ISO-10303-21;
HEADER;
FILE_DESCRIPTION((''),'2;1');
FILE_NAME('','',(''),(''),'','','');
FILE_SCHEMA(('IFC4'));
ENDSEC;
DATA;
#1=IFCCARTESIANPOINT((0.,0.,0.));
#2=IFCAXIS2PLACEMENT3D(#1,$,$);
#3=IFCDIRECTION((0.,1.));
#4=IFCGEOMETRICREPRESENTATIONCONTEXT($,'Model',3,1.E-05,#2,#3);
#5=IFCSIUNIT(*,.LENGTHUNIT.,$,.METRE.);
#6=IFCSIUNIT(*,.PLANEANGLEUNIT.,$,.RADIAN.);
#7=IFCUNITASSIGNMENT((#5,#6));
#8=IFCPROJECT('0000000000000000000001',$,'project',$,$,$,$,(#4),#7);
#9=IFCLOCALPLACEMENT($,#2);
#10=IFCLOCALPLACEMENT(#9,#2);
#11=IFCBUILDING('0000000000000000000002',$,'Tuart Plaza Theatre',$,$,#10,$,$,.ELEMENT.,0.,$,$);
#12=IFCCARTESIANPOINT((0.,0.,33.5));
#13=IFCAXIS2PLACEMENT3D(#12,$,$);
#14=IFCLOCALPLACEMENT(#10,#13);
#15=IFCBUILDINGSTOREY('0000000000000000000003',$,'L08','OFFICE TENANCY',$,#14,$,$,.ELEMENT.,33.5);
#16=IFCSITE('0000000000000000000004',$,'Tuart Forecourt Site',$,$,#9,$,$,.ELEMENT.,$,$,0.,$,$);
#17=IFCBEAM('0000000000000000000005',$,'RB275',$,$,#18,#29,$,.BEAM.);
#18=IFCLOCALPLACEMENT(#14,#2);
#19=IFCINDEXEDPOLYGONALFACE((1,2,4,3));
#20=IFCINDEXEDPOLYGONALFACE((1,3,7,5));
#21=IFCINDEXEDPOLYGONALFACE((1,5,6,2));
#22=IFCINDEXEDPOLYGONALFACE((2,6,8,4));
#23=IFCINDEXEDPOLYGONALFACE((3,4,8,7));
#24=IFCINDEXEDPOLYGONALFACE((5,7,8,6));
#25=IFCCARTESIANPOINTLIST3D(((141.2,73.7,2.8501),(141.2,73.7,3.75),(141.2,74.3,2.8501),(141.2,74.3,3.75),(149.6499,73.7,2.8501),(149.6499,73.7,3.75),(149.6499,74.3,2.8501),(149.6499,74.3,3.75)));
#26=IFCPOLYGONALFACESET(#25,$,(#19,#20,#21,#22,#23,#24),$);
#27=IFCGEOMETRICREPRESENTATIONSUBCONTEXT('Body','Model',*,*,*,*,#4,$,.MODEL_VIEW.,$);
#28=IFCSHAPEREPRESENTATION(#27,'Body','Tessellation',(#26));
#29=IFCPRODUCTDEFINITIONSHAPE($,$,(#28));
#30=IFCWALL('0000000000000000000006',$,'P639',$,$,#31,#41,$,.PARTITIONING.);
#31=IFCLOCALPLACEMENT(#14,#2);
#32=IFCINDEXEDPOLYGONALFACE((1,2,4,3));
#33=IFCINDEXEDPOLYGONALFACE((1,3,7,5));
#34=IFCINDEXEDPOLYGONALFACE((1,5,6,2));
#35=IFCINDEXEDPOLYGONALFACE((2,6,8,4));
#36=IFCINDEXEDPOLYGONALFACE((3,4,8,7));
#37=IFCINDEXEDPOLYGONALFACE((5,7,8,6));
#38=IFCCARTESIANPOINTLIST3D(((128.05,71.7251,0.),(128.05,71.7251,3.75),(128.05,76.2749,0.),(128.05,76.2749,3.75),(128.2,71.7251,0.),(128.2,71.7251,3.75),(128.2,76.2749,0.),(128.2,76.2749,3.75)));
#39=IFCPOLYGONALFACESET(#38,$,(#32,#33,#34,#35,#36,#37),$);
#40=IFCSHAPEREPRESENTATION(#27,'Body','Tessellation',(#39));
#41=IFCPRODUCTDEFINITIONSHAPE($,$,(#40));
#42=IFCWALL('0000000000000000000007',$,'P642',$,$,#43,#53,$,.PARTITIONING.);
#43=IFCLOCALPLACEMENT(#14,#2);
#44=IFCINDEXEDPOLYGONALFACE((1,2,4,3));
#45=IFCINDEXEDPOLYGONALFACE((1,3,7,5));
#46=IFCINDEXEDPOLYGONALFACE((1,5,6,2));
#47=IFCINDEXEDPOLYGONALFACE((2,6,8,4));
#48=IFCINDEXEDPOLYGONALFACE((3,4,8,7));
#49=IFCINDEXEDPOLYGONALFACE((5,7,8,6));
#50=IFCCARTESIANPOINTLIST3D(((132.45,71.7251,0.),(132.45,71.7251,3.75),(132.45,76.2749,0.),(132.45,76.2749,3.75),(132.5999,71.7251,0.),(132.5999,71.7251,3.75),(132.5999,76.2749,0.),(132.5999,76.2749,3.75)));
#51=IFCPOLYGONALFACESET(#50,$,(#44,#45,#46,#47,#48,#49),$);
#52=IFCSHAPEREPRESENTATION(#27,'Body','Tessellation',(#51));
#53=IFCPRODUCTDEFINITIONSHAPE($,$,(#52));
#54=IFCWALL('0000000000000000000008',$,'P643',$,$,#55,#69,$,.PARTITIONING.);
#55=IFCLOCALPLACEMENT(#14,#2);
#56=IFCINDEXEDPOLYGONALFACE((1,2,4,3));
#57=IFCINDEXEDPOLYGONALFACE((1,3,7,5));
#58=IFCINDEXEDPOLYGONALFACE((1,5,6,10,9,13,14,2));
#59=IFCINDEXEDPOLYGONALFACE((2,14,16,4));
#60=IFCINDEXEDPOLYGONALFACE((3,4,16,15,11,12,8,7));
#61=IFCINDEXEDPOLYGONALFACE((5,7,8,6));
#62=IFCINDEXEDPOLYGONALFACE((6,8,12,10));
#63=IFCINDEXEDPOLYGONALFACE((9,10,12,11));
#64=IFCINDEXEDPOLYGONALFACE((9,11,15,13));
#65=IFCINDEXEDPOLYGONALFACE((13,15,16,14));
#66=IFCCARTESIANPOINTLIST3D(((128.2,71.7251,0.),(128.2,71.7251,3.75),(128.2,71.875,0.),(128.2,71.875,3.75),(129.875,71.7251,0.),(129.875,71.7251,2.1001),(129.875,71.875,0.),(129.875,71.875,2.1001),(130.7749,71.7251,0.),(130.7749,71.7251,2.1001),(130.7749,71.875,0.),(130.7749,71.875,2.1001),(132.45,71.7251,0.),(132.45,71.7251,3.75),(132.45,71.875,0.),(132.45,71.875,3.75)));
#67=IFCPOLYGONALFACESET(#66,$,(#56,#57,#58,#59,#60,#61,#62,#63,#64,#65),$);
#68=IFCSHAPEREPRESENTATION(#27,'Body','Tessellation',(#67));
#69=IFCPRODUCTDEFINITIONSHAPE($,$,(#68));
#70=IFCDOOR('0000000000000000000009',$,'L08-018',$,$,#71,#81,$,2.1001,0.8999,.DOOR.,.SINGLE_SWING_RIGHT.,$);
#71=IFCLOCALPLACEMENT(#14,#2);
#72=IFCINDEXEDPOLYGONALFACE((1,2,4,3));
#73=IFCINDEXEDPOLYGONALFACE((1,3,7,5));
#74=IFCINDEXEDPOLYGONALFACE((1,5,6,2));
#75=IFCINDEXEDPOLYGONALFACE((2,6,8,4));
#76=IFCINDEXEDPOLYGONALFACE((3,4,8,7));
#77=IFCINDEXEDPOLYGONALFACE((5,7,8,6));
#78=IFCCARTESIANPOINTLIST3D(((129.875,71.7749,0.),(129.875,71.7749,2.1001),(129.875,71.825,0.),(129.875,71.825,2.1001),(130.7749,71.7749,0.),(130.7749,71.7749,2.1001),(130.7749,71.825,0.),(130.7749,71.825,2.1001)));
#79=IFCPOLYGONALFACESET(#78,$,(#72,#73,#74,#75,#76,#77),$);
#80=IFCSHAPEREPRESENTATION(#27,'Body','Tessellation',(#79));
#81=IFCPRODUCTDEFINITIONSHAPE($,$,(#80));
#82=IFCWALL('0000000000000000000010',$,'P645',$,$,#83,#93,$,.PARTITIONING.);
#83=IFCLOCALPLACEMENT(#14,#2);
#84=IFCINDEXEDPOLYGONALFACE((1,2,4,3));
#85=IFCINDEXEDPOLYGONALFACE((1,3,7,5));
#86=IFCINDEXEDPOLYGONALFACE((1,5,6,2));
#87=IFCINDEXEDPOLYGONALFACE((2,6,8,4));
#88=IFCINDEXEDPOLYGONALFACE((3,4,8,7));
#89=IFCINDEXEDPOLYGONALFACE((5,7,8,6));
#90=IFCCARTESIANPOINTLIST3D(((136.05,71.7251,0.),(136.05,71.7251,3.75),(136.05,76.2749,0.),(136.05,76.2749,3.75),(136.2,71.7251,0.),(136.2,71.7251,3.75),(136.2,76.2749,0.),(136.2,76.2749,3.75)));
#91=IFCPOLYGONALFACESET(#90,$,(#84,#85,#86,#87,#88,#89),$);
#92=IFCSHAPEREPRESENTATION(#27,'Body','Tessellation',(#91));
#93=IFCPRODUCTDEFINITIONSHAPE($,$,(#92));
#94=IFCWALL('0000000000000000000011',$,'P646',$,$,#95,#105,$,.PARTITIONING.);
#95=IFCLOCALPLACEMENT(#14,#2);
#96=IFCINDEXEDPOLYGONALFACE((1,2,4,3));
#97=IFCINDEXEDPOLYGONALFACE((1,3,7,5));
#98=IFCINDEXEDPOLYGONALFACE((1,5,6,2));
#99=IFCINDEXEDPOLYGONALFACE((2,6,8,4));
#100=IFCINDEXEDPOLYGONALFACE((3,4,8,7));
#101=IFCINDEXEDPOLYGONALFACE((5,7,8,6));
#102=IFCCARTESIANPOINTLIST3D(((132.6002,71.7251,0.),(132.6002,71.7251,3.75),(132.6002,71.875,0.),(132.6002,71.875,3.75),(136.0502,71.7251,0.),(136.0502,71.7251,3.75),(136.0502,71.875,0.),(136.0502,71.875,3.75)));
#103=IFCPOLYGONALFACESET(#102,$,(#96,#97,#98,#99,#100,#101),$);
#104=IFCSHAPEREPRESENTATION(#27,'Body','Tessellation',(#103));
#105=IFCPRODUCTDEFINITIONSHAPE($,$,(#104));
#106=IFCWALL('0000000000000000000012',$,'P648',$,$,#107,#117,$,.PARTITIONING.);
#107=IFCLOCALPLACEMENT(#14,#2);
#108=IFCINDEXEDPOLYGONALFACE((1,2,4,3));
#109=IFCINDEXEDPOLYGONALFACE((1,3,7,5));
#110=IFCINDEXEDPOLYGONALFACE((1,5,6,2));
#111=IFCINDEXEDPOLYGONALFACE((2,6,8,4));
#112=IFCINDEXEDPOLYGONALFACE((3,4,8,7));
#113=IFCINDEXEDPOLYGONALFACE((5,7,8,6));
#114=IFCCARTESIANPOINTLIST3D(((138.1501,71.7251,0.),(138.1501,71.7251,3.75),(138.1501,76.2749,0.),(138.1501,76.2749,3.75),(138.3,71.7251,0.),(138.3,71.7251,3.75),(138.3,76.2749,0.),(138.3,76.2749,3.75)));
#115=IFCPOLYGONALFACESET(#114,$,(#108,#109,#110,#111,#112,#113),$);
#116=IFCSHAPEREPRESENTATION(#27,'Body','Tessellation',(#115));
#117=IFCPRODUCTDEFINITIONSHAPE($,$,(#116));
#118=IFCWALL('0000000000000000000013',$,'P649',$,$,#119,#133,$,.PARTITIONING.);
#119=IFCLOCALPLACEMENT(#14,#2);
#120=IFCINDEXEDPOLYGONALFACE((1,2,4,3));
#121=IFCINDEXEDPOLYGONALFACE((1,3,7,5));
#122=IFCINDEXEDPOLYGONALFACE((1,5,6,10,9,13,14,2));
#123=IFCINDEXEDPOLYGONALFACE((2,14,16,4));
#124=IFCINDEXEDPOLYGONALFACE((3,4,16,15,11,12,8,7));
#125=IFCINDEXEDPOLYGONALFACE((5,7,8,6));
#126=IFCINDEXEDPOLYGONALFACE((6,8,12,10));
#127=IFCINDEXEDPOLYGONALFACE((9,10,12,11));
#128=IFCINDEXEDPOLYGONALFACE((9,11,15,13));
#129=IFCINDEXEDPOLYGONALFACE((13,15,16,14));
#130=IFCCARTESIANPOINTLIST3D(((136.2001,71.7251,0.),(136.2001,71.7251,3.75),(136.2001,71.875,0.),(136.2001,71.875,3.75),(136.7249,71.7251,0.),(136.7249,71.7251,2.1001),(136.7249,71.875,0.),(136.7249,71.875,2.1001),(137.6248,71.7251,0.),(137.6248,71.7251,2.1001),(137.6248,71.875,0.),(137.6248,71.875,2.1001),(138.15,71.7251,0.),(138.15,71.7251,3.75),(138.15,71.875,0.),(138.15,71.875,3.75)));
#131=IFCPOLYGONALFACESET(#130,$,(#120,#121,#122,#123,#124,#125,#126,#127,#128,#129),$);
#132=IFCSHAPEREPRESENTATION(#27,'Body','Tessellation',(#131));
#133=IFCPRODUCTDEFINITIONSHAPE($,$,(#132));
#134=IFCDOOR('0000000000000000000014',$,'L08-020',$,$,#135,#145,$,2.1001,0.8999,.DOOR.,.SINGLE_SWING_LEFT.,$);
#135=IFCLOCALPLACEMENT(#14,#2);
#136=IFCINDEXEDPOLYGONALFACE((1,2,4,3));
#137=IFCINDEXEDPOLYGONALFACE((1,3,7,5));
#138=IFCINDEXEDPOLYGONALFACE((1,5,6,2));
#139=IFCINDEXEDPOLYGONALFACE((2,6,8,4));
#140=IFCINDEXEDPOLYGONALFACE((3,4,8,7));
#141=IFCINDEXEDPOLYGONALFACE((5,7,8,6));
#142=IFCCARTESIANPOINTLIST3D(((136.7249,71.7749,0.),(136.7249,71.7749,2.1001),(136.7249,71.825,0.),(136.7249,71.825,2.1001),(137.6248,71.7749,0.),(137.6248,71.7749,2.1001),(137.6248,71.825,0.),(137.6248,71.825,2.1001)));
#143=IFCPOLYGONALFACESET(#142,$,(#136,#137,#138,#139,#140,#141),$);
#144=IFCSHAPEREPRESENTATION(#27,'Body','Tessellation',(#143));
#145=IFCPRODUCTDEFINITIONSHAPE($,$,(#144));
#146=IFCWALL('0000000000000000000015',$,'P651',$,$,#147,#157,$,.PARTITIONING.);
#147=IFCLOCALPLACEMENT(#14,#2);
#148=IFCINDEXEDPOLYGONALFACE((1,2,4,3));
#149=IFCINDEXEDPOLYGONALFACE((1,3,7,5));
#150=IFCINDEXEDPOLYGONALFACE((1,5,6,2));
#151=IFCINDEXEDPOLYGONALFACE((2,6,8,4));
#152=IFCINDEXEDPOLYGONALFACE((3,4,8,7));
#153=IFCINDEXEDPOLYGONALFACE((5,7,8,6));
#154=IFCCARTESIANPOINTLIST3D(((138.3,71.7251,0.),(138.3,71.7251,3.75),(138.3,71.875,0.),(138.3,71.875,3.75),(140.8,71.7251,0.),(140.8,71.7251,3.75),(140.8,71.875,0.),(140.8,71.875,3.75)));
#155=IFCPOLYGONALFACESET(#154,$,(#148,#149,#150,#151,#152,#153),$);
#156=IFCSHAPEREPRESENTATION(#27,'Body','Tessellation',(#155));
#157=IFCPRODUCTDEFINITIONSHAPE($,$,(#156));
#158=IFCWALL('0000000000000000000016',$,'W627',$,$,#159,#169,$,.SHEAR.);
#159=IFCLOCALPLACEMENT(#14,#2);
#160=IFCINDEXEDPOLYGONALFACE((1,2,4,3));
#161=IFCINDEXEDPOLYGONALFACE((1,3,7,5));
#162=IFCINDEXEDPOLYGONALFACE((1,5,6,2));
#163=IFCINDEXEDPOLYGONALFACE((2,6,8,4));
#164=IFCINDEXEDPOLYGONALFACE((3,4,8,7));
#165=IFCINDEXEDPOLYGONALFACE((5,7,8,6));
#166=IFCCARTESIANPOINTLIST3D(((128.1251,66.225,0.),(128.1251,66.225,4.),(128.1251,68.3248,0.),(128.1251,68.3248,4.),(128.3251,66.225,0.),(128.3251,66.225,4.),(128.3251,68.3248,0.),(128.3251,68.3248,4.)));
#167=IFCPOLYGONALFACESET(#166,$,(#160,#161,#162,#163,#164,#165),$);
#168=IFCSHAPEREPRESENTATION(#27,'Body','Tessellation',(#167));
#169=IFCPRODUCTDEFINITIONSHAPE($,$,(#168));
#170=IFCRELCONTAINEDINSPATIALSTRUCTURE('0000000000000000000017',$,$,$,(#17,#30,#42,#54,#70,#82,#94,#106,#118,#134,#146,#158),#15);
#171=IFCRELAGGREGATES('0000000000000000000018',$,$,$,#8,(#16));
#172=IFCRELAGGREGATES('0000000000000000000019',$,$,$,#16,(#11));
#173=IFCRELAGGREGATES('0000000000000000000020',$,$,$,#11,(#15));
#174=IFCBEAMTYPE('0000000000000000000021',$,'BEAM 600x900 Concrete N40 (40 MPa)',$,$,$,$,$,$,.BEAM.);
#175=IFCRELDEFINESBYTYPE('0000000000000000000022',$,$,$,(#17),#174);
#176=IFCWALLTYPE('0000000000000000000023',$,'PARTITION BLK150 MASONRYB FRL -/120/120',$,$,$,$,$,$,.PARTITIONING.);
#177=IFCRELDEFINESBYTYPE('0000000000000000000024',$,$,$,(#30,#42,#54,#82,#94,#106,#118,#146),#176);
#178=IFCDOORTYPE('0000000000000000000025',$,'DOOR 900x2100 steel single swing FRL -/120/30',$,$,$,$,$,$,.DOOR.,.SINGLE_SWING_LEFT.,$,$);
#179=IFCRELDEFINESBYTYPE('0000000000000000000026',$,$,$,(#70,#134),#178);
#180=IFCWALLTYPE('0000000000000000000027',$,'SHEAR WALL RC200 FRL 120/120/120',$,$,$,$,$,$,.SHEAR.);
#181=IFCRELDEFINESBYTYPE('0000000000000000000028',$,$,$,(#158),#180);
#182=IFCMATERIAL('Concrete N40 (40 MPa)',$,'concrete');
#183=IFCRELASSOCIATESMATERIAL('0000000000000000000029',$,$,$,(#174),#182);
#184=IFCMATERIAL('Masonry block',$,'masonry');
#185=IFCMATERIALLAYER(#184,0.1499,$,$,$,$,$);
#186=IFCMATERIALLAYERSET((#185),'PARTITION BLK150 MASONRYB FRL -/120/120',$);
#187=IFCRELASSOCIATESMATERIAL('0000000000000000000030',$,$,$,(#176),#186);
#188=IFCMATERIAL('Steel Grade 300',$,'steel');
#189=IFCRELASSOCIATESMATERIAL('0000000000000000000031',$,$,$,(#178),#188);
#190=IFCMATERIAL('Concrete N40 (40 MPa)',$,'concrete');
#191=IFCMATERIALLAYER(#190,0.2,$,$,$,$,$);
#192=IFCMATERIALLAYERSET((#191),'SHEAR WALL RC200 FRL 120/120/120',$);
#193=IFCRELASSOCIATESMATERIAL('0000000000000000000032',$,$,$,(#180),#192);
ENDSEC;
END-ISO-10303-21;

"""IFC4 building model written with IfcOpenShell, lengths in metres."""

from ifc_helpers import new_model, si_unit, direction, frame, frame_2d, origin, origin_2d, place, context, subcontext, project, spatial, rectangle, extrude, material, layer, layer_set, material_profile, profile_set, type_object, element, fill, save


model = new_model("IFC4")

# Units and contexts
model_context = context("Model", 3, precision=1e-05, world=origin(), true_north=direction((0.0, 1.0)))
body_context = subcontext(model_context, "Body", "Model", "MODEL_VIEW")
ifc_project = project(units=[si_unit("LENGTHUNIT", "METRE"), si_unit("PLANEANGLEUNIT", "RADIAN")], contexts=[model_context])

# Site, building, storey
site_placement = place(None, origin())
site = spatial("IfcSite", under=ifc_project, at=site_placement, Name="Tuart Forecourt Site", CompositionType="ELEMENT", RefElevation=0.0)
building_placement = place(site_placement, origin())
building = spatial("IfcBuilding", under=site, at=building_placement, Name="Tuart Plaza Theatre", CompositionType="ELEMENT", ElevationOfRefHeight=0.0)
storey_placement = place(building_placement, frame((0.0, 0.0, 33.5)))
storey = spatial("IfcBuildingStorey", under=building, at=storey_placement, Name="L08", Description="OFFICE TENANCY", CompositionType="ELEMENT", Elevation=33.5)

# Beam
ifc_material_1 = material(Name="Concrete N40 (40 MPa)", Category="concrete")
ifc_material_profile = material_profile(ifc_material_1, rectangle(XDim=0.6001, YDim=0.8999, at=origin_2d()), Name="BEAM 600x900 Concrete N40 (40 MPa)")
ifc_profile_set = profile_set([ifc_material_profile], Name="Concrete N40 (40 MPa)")
beam_type = type_object("IfcBeamType", Name="BEAM 600x900 Concrete N40 (40 MPa)", PredefinedType="BEAM", material=ifc_profile_set)
beam_placement = place(storey_placement, frame((141.2, 74.0, 3.3), z_axis=(1.0, 0.0, 0.0), x_axis=(0.0, 1.0, 0.0)))
element("IfcBeam", 1, at=beam_placement, inside=storey, type_object=beam_type, Name="RB275", PredefinedType="BEAM", context=body_context, shape_type="SweptSolid", body=[
    extrude(rectangle(XDim=0.6001, YDim=0.8999, at=origin_2d()), origin(), (0.0, 0.0, 1.0), 8.45),
])

# Walls
ifc_material_2 = material(Name="Masonry block", Category="masonry")
ifc_layer_1 = layer(ifc_material_2, 0.1499)
ifc_layer_set_1 = layer_set([ifc_layer_1], Name="PARTITION BLK150 MASONRYB FRL -/120/120")
wall_type_1 = type_object("IfcWallType", Name="PARTITION BLK150 MASONRYB FRL -/120/120", PredefinedType="PARTITIONING", material=ifc_layer_set_1)
for number, where, z_axis, x_axis, name in (
    (2, (128.125, 71.7251, 0.0), (0.0, 0.0, 1.0), (0.0, 1.0, 0.0), "P639"),
    (3, (132.5249, 71.7251, 0.0), (0.0, 0.0, 1.0), (0.0, 1.0, 0.0), "P642"),
):
    element("IfcWall", number, at=place(storey_placement, frame(where, z_axis=z_axis, x_axis=x_axis)), inside=storey, type_object=wall_type_1, Name=name, PredefinedType="PARTITIONING", context=body_context, shape_type="SweptSolid", body=[
        extrude(rectangle(XDim=4.5498, YDim=0.1499, at=frame_2d((2.2749, 0.0))), origin(), (0.0, 0.0, 1.0), 3.75),
    ])

# Wall, opening, door
wall_1_placement = place(storey_placement, frame((128.2, 71.8, 0.0), z_axis=(0.0, 0.0, 1.0), x_axis=(1.0, 0.0, 0.0)))
wall_1 = element("IfcWall", 4, at=wall_1_placement, inside=storey, type_object=wall_type_1, Name="P643", PredefinedType="PARTITIONING", context=body_context, shape_type="SweptSolid", body=[
    extrude(rectangle(XDim=4.25, YDim=0.1499, at=frame_2d((2.125, 0.0))), origin(), (0.0, 0.0, 1.0), 3.75),
])
opening_1_placement = place(wall_1_placement, frame((1.675, 0.0, 0.0)))
opening_1 = element("IfcOpeningElement", 5, at=opening_1_placement, cuts=wall_1, PredefinedType="OPENING", context=body_context, shape_type="SweptSolid", body=[
    extrude(rectangle(XDim=0.8999, YDim=2.1001, at=frame_2d((0.45, 1.05))), frame((0.0, 0.085, 0.0), z_axis=(0.0, -1.0, 0.0), x_axis=(1.0, 0.0, 0.0)), (0.0, 0.0, 1.0), 0.1699),
])
ifc_material_3 = material(Name="Steel Grade 300", Category="steel")
door_type_1 = type_object("IfcDoorType", Name="DOOR 900x2100 steel single swing FRL -/120/30", OperationType="SINGLE_SWING_LEFT", PredefinedType="DOOR", material=ifc_material_3)
door_1_placement = place(opening_1_placement, origin())
door_1 = element("IfcDoor", 6, at=door_1_placement, inside=storey, type_object=door_type_1, Name="L08-018", OperationType="SINGLE_SWING_RIGHT", OverallHeight=2.1001, OverallWidth=0.8999, PredefinedType="DOOR", context=body_context, shape_type="SweptSolid", body=[
    extrude(rectangle(XDim=0.8999, YDim=2.1001, at=frame_2d((0.45, 1.05))), frame((0.0, 0.0249, 0.0), z_axis=(0.0, -1.0, 0.0), x_axis=(1.0, 0.0, 0.0)), (0.0, 0.0, 1.0), 0.05),
])
fill(opening_1, door_1)

# Walls
wall_2_placement = place(storey_placement, frame((136.125, 71.7251, 0.0), z_axis=(0.0, 0.0, 1.0), x_axis=(0.0, 1.0, 0.0)))
element("IfcWall", 7, at=wall_2_placement, inside=storey, type_object=wall_type_1, Name="P645", PredefinedType="PARTITIONING", context=body_context, shape_type="SweptSolid", body=[
    extrude(rectangle(XDim=4.5498, YDim=0.1499, at=frame_2d((2.2749, 0.0))), origin(), (0.0, 0.0, 1.0), 3.75),
])
wall_3_placement = place(storey_placement, frame((132.6001, 71.8, 0.0), z_axis=(0.0, 0.0, 1.0), x_axis=(1.0, 0.0, 0.0)))
element("IfcWall", 8, at=wall_3_placement, inside=storey, type_object=wall_type_1, Name="P646", PredefinedType="PARTITIONING", context=body_context, shape_type="SweptSolid", body=[
    extrude(rectangle(XDim=3.45, YDim=0.1499, at=frame_2d((1.7251, 0.0))), origin(), (0.0, 0.0, 1.0), 3.75),
])
wall_4_placement = place(storey_placement, frame((138.2251, 71.7251, 0.0), z_axis=(0.0, 0.0, 1.0), x_axis=(0.0, 1.0, 0.0)))
element("IfcWall", 9, at=wall_4_placement, inside=storey, type_object=wall_type_1, Name="P648", PredefinedType="PARTITIONING", context=body_context, shape_type="SweptSolid", body=[
    extrude(rectangle(XDim=4.5498, YDim=0.1499, at=frame_2d((2.2749, 0.0))), origin(), (0.0, 0.0, 1.0), 3.75),
])

# Wall, opening, door
wall_5_placement = place(storey_placement, frame((136.2, 71.8, 0.0), z_axis=(0.0, 0.0, 1.0), x_axis=(1.0, 0.0, 0.0)))
wall_5 = element("IfcWall", 10, at=wall_5_placement, inside=storey, type_object=wall_type_1, Name="P649", PredefinedType="PARTITIONING", context=body_context, shape_type="SweptSolid", body=[
    extrude(rectangle(XDim=1.95, YDim=0.1499, at=frame_2d((0.9751, 0.0))), origin(), (0.0, 0.0, 1.0), 3.75),
])
opening_2_placement = place(wall_5_placement, frame((0.5249, 0.0, 0.0)))
opening_2 = element("IfcOpeningElement", 11, at=opening_2_placement, cuts=wall_5, PredefinedType="OPENING", context=body_context, shape_type="SweptSolid", body=[
    extrude(rectangle(XDim=0.8999, YDim=2.1001, at=frame_2d((0.45, 1.05))), frame((0.0, 0.085, 0.0), z_axis=(0.0, -1.0, 0.0), x_axis=(1.0, 0.0, 0.0)), (0.0, 0.0, 1.0), 0.1699),
])
door_2_placement = place(opening_2_placement, origin())
door_2 = element("IfcDoor", 12, at=door_2_placement, inside=storey, type_object=door_type_1, Name="L08-020", OperationType="SINGLE_SWING_LEFT", OverallHeight=2.1001, OverallWidth=0.8999, PredefinedType="DOOR", context=body_context, shape_type="SweptSolid", body=[
    extrude(rectangle(XDim=0.8999, YDim=2.1001, at=frame_2d((0.45, 1.05))), frame((0.0, 0.0249, 0.0), z_axis=(0.0, -1.0, 0.0), x_axis=(1.0, 0.0, 0.0)), (0.0, 0.0, 1.0), 0.05),
])
fill(opening_2, door_2)

# Walls
wall_6_placement = place(storey_placement, frame((138.3, 71.8, 0.0), z_axis=(0.0, 0.0, 1.0), x_axis=(1.0, 0.0, 0.0)))
element("IfcWall", 13, at=wall_6_placement, inside=storey, type_object=wall_type_1, Name="P651", PredefinedType="PARTITIONING", context=body_context, shape_type="SweptSolid", body=[
    extrude(rectangle(XDim=2.5, YDim=0.1499, at=frame_2d((1.25, 0.0))), origin(), (0.0, 0.0, 1.0), 3.75),
])
ifc_material_4 = material(Name="Concrete N40 (40 MPa)", Category="concrete")
ifc_layer_2 = layer(ifc_material_4, 0.2)
ifc_layer_set_2 = layer_set([ifc_layer_2], Name="SHEAR WALL RC200 FRL 120/120/120")
wall_type_2 = type_object("IfcWallType", Name="SHEAR WALL RC200 FRL 120/120/120", PredefinedType="SHEAR", material=ifc_layer_set_2)
wall_7_placement = place(storey_placement, frame((128.2251, 66.2251, 0.0), z_axis=(0.0, 0.0, 1.0), x_axis=(0.0, 1.0, 0.0)))
element("IfcWall", 14, at=wall_7_placement, inside=storey, type_object=wall_type_2, Name="W627", PredefinedType="SHEAR", context=body_context, shape_type="SweptSolid", body=[
    extrude(rectangle(XDim=2.0999, YDim=0.2, at=frame_2d((1.0498, 0.0))), origin(), (0.0, 0.0, 1.0), 4.0),
])

save(model, "model.ifc")
